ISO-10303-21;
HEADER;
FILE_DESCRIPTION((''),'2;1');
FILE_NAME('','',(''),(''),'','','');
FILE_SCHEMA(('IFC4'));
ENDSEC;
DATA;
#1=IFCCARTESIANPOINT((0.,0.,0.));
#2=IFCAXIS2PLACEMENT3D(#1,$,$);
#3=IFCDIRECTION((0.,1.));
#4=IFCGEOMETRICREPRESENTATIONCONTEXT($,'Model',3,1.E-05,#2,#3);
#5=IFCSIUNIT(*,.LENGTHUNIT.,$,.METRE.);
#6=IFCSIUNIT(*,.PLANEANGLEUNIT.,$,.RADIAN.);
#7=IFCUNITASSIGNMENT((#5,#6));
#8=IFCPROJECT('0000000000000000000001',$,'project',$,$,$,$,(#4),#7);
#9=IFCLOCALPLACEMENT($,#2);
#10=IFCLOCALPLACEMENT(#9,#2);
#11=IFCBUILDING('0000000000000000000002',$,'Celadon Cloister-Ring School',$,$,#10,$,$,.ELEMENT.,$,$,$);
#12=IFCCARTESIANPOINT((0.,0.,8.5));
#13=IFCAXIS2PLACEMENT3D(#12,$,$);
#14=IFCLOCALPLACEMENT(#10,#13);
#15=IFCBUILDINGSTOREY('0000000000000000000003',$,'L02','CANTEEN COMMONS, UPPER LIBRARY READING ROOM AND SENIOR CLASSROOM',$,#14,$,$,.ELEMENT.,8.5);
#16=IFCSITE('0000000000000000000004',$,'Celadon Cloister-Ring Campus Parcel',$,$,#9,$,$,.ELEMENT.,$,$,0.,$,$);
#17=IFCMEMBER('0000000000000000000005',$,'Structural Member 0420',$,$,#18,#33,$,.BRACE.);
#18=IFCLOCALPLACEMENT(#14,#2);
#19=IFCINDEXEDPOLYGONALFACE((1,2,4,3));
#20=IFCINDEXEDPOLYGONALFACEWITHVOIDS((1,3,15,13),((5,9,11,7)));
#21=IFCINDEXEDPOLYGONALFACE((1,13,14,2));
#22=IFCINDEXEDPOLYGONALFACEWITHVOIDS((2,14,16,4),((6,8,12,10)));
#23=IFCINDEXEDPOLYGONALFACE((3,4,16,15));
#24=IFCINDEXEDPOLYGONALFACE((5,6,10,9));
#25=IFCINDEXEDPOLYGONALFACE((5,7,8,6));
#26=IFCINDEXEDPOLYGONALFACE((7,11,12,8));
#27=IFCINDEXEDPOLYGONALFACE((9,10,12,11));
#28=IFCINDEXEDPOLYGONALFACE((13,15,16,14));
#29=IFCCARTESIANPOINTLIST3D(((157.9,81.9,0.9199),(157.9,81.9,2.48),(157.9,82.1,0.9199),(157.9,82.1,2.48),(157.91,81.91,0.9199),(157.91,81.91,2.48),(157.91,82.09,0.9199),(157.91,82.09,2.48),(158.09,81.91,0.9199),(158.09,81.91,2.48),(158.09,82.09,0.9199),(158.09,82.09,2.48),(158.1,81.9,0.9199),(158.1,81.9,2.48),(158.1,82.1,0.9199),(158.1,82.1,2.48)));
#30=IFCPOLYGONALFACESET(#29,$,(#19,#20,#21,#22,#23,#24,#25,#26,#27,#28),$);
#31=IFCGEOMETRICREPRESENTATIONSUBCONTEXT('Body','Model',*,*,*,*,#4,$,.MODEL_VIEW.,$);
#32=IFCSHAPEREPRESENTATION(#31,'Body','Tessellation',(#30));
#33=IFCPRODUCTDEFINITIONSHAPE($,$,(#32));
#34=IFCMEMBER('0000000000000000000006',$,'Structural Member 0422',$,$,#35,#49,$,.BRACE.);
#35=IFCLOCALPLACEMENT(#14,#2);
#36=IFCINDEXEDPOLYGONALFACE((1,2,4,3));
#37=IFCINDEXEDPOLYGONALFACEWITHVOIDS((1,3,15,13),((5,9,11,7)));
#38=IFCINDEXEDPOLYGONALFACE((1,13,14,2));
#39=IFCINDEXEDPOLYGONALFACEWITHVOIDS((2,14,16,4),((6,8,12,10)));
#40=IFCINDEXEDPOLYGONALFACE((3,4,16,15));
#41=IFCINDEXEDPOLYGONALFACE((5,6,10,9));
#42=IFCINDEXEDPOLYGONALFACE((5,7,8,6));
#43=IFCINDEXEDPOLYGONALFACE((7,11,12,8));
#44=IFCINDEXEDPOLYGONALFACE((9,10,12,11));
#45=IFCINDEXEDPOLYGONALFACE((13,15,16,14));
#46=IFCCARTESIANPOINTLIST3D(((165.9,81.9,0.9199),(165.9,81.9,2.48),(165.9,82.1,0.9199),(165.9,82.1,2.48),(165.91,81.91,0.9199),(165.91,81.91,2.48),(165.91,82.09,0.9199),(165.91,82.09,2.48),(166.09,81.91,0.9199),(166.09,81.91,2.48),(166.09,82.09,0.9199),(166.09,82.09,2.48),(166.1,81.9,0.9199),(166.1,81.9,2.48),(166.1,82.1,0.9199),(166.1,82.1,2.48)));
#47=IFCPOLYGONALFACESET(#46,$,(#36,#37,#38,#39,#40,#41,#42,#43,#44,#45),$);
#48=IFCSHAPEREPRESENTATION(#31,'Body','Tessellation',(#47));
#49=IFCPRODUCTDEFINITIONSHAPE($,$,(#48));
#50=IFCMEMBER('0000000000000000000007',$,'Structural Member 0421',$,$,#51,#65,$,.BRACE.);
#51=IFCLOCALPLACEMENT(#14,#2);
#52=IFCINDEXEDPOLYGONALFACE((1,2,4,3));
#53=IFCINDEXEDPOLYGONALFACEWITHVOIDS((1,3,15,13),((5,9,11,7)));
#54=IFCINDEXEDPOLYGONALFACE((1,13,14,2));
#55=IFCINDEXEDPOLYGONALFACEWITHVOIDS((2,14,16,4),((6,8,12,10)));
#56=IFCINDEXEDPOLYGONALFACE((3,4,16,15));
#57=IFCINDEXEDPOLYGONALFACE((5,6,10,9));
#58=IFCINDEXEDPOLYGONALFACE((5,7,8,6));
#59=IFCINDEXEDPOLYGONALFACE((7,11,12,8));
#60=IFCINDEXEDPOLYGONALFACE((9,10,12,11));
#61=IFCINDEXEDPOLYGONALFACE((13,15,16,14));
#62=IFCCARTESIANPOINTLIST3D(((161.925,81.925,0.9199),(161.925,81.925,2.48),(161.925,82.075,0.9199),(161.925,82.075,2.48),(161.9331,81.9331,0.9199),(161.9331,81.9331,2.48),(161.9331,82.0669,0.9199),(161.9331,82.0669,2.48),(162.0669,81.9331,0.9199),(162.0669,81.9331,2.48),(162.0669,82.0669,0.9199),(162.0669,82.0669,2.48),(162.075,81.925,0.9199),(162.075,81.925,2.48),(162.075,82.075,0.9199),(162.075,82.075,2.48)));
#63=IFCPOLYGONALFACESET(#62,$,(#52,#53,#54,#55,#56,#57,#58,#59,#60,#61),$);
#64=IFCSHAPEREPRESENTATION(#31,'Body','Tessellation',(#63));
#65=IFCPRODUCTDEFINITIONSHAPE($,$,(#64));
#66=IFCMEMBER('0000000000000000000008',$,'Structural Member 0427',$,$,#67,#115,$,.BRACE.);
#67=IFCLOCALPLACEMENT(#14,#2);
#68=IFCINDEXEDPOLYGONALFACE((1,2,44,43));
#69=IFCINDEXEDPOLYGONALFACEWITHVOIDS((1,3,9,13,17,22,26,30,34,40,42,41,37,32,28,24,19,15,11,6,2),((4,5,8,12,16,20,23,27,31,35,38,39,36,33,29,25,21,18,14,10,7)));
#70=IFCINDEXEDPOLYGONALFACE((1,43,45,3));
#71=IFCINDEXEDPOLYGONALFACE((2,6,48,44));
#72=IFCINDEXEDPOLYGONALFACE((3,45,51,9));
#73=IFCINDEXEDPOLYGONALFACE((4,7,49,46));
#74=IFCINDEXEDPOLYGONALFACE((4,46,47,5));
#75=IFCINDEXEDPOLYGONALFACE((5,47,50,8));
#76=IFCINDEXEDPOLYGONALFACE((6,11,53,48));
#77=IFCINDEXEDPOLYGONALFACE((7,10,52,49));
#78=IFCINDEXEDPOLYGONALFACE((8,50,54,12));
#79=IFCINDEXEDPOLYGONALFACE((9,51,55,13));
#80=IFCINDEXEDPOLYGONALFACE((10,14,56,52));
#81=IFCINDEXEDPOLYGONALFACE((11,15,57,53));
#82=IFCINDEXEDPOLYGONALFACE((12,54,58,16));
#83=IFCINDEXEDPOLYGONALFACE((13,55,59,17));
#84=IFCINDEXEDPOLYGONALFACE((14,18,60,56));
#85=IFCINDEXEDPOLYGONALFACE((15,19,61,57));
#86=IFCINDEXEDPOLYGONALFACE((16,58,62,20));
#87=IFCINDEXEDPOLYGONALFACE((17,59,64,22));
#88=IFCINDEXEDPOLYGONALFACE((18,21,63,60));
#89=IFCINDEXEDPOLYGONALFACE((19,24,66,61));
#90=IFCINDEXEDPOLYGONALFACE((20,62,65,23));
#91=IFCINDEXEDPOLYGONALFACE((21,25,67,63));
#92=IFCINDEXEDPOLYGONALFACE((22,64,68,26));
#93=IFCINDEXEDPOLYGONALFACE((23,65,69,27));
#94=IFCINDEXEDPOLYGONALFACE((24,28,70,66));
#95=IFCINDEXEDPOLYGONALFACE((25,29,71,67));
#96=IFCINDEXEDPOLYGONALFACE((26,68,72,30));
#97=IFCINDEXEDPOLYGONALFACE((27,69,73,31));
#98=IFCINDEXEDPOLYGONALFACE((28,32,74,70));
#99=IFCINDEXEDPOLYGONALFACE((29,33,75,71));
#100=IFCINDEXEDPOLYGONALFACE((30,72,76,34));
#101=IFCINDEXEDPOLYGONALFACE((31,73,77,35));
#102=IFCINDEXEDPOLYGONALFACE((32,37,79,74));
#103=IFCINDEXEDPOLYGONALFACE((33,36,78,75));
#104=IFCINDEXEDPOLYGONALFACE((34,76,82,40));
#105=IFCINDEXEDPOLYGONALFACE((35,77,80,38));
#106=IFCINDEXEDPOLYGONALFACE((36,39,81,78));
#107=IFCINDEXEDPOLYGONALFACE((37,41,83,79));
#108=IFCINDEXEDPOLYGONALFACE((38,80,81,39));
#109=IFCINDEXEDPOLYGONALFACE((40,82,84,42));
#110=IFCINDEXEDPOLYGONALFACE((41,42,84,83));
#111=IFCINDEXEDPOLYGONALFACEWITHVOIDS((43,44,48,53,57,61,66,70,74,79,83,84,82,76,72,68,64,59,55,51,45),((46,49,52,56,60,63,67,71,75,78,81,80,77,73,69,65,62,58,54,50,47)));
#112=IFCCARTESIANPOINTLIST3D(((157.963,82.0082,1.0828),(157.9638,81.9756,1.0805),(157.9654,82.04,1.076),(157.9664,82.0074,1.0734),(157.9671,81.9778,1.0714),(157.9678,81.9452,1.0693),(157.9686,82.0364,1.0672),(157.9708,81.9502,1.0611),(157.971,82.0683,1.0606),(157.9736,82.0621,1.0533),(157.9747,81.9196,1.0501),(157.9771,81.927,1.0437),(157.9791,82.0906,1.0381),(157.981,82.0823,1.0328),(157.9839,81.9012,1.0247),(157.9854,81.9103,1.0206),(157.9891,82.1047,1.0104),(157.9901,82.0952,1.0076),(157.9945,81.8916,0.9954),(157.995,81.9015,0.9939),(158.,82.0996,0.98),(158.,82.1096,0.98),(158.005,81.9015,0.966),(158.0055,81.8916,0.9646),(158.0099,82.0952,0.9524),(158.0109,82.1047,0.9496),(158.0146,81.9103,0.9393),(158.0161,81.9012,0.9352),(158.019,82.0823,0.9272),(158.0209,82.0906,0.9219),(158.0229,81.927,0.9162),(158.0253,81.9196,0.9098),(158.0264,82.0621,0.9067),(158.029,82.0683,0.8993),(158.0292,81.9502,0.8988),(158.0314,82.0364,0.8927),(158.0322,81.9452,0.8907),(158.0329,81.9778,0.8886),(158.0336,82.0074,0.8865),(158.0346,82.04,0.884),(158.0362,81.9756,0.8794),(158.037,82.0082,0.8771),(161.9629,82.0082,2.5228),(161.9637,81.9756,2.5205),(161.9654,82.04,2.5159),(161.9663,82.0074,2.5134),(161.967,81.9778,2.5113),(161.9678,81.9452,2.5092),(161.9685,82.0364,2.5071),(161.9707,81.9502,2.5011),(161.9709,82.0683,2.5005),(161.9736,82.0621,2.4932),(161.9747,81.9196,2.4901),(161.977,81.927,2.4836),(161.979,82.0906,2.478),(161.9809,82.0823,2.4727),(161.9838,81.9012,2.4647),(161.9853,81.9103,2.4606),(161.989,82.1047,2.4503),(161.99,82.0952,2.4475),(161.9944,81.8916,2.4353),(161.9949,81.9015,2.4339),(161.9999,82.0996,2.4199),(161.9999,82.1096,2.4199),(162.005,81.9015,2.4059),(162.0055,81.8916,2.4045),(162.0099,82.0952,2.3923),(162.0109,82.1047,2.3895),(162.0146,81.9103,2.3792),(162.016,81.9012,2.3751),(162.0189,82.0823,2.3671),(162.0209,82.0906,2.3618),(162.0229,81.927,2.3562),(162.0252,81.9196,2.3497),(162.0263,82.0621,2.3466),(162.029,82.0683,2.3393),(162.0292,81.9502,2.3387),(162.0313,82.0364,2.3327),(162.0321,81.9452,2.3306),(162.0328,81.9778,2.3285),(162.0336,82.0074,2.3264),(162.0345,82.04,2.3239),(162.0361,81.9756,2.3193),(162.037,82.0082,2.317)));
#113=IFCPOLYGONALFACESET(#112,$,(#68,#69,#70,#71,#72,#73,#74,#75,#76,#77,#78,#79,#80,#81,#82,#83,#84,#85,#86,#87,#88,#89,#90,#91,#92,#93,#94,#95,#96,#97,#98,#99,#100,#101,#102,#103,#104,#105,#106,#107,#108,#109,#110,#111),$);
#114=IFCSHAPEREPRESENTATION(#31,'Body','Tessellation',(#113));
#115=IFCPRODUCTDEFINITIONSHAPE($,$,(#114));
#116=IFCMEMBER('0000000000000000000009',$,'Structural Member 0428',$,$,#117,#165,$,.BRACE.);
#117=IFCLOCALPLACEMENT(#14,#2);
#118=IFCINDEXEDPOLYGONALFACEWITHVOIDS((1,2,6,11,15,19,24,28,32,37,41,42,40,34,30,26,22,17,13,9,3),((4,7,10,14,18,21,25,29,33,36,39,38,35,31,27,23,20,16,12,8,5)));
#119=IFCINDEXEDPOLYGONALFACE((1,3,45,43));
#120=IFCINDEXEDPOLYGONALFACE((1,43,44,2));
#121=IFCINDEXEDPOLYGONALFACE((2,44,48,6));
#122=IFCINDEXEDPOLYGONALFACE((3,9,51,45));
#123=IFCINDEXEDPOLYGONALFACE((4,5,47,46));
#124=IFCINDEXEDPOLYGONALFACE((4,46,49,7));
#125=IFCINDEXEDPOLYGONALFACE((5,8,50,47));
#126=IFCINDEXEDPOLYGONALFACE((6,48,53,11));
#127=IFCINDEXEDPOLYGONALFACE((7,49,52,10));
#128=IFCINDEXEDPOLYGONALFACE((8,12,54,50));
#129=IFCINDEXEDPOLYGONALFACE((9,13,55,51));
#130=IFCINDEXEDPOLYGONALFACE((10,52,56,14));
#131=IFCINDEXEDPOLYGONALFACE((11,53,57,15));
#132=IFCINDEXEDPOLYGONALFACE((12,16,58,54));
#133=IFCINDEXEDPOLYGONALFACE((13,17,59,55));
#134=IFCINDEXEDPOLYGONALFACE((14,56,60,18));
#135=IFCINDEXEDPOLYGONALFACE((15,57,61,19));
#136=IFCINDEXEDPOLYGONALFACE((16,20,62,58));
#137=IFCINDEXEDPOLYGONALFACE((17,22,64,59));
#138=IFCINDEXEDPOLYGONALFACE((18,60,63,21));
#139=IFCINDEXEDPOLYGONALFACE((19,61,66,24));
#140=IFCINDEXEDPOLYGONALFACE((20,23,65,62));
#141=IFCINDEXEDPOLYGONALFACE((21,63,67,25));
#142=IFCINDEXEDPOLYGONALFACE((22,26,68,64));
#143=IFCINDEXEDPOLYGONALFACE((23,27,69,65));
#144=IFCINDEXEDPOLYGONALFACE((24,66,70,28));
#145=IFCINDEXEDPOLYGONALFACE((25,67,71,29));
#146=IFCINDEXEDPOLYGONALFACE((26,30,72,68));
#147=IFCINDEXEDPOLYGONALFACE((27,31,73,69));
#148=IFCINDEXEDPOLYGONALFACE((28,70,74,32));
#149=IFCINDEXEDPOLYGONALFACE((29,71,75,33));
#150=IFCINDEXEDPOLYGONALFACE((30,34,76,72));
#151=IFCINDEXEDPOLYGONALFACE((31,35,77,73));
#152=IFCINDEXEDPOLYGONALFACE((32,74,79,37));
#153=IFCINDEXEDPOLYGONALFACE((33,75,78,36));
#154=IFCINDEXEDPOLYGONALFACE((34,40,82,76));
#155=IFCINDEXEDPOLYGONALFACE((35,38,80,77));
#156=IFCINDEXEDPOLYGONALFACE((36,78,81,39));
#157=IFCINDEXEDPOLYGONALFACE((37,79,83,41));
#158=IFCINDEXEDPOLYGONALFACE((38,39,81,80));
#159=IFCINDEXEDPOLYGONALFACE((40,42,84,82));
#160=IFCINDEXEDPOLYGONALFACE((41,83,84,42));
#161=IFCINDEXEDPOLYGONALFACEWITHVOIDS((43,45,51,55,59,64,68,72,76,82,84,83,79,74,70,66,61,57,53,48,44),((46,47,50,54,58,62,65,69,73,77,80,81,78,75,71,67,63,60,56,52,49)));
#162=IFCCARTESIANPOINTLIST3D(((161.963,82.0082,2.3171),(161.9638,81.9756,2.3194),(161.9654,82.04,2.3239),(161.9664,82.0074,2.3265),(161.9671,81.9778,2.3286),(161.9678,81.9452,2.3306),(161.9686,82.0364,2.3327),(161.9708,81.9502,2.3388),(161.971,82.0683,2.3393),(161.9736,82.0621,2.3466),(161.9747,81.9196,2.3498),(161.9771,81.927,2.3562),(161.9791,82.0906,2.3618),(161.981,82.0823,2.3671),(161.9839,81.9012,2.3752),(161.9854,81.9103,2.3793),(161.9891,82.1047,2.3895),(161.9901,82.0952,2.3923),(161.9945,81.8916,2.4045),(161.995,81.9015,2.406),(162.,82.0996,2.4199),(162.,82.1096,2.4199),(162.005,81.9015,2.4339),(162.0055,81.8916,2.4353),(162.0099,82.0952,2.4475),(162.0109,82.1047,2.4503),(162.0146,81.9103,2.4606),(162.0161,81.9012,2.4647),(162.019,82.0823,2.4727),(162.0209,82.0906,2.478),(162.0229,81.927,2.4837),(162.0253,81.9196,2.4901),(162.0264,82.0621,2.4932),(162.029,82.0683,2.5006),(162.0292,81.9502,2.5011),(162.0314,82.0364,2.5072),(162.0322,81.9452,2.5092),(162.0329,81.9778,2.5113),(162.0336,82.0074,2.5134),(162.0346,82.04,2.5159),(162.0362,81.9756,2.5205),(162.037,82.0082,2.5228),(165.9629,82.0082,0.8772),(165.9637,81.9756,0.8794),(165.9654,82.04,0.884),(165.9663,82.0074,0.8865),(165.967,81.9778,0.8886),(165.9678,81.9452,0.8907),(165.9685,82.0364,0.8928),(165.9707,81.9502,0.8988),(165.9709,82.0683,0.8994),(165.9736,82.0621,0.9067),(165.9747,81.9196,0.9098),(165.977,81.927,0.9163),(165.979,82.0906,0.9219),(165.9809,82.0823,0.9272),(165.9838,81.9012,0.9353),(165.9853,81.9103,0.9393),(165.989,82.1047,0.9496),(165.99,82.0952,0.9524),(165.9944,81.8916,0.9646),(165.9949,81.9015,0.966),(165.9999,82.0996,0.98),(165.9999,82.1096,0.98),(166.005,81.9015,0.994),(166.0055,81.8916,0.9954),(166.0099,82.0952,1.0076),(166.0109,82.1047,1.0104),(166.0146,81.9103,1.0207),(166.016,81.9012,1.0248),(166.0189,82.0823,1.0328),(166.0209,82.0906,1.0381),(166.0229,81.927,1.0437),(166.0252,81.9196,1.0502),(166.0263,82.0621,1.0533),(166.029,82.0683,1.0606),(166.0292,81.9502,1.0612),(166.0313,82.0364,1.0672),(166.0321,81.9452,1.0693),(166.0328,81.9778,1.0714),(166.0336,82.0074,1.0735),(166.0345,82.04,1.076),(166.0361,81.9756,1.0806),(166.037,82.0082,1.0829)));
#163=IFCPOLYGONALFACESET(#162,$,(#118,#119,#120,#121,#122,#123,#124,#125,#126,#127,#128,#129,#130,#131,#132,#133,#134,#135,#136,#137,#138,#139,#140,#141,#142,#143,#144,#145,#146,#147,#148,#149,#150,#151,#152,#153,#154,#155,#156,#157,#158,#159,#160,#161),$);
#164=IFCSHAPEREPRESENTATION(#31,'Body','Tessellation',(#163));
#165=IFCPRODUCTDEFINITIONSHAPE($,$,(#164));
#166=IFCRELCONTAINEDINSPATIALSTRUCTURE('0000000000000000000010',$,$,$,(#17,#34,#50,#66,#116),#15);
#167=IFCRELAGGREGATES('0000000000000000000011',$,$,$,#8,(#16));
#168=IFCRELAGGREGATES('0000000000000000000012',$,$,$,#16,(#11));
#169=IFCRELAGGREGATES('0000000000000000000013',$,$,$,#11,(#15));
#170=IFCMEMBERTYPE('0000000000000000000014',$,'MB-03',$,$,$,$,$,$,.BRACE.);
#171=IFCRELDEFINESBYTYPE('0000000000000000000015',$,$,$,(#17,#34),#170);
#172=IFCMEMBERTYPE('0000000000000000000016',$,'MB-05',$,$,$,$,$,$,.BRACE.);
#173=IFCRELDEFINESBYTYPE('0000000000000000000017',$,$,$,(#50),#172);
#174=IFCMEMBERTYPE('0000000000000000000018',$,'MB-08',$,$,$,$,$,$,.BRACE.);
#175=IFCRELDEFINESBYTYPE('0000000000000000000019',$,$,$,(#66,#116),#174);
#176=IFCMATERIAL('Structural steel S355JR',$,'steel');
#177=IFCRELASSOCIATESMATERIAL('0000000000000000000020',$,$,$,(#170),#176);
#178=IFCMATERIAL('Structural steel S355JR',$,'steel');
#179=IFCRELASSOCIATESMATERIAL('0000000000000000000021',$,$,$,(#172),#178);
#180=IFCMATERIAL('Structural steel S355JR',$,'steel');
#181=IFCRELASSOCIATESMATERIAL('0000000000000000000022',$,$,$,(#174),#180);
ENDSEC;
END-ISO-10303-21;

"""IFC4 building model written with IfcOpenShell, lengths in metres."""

from ifc_helpers import new_model, si_unit, direction, frame, origin, origin_2d, place, context, subcontext, project, spatial, hollow_rectangle, hollow_circle, extrude, material, material_profile, profile_set, type_object, element, save


model = new_model("IFC4")

# Units and contexts
model_context = context("Model", 3, precision=1e-05, world=origin(), true_north=direction((0.0, 1.0)))
body_context = subcontext(model_context, "Body", "Model", "MODEL_VIEW")
ifc_project = project(units=[si_unit("LENGTHUNIT", "METRE"), si_unit("PLANEANGLEUNIT", "RADIAN")], contexts=[model_context])

# Site, building, storey
site_placement = place(None, origin())
site = spatial("IfcSite", under=ifc_project, at=site_placement, Name="Celadon Cloister-Ring Campus Parcel", CompositionType="ELEMENT", RefElevation=0.0)
building_placement = place(site_placement, origin())
building = spatial("IfcBuilding", under=site, at=building_placement, Name="Celadon Cloister-Ring School", CompositionType="ELEMENT")
storey_placement = place(building_placement, frame((0.0, 0.0, 8.5)))
storey = spatial("IfcBuildingStorey", under=building, at=storey_placement, Name="L02", Description="CANTEEN COMMONS, UPPER LIBRARY READING ROOM AND SENIOR CLASSROOM", CompositionType="ELEMENT", Elevation=8.5)

# Members
ifc_material_1 = material(Name="Structural steel S355JR", Category="steel")
ifc_material_profile_1 = material_profile(ifc_material_1, hollow_rectangle(XDim=0.2, YDim=0.2, WallThickness=0.01, at=origin_2d()), Name="HSS200X200X10")
ifc_profile_set_1 = profile_set([ifc_material_profile_1], Name="Structural steel S355JR")
member_type_1 = type_object("IfcMemberType", Name="MB-03", PredefinedType="BRACE", material=ifc_profile_set_1)
for number, where, z_axis, x_axis, name in (
    (1, (158.0, 82.0, 0.9199), (0.0, 0.0, 1.0), (1.0, 0.0, 0.0), "Structural Member 0420"),
    (2, (166.0, 82.0, 0.9199), (0.0, 0.0, 1.0), (1.0, 0.0, 0.0), "Structural Member 0422"),
):
    element("IfcMember", number, at=place(storey_placement, frame(where, z_axis=z_axis, x_axis=x_axis)), inside=storey, type_object=member_type_1, Name=name, PredefinedType="BRACE", context=body_context, shape_type="SweptSolid", body=[
        extrude(hollow_rectangle(XDim=0.2, YDim=0.2, WallThickness=0.01, at=origin_2d()), origin(), (0.0, 0.0, 1.0), 1.5601),
    ])
ifc_material_2 = material(Name="Structural steel S355JR", Category="steel")
ifc_material_profile_2 = material_profile(ifc_material_2, hollow_rectangle(XDim=0.1499, YDim=0.1499, WallThickness=0.0081, at=origin_2d()), Name="HSS150X150X8")
ifc_profile_set_2 = profile_set([ifc_material_profile_2], Name="Structural steel S355JR")
member_type_2 = type_object("IfcMemberType", Name="MB-05", PredefinedType="BRACE", material=ifc_profile_set_2)
member_placement = place(storey_placement, frame((162.0, 82.0, 0.9199), z_axis=(0.0, 0.0, 1.0), x_axis=(1.0, 0.0, 0.0)))
element("IfcMember", 3, at=member_placement, inside=storey, type_object=member_type_2, Name="Structural Member 0421", PredefinedType="BRACE", context=body_context, shape_type="SweptSolid", body=[
    extrude(hollow_rectangle(XDim=0.1499, YDim=0.1499, WallThickness=0.0081, at=origin_2d()), origin(), (0.0, 0.0, 1.0), 1.5601),
])
ifc_material_3 = material(Name="Structural steel S355JR", Category="steel")
ifc_material_profile_3 = material_profile(ifc_material_3, hollow_circle(Radius=0.1096, WallThickness=0.01, at=origin_2d()), Name="CHS219.1X10")
ifc_profile_set_3 = profile_set([ifc_material_profile_3], Name="Structural steel S355JR")
member_type_3 = type_object("IfcMemberType", Name="MB-08", PredefinedType="BRACE", material=ifc_profile_set_3)
for number, where, z_axis, x_axis, name in (
    (4, (158.0, 82.0, 0.98), (0.940892, 0.0, 0.338707), (0.0, 1.0, 0.0), "Structural Member 0427"),
    (5, (162.0, 82.0, 2.4199), (0.940892, 0.0, -0.338707), (0.0, 1.0, 0.0), "Structural Member 0428"),
):
    element("IfcMember", number, at=place(storey_placement, frame(where, z_axis=z_axis, x_axis=x_axis)), inside=storey, type_object=member_type_3, Name=name, PredefinedType="BRACE", context=body_context, shape_type="SweptSolid", body=[
        extrude(hollow_circle(Radius=0.1096, WallThickness=0.01, at=origin_2d()), origin(), (0.0, 0.0, 1.0), 4.2512),
    ])

save(model, "model.ifc")
